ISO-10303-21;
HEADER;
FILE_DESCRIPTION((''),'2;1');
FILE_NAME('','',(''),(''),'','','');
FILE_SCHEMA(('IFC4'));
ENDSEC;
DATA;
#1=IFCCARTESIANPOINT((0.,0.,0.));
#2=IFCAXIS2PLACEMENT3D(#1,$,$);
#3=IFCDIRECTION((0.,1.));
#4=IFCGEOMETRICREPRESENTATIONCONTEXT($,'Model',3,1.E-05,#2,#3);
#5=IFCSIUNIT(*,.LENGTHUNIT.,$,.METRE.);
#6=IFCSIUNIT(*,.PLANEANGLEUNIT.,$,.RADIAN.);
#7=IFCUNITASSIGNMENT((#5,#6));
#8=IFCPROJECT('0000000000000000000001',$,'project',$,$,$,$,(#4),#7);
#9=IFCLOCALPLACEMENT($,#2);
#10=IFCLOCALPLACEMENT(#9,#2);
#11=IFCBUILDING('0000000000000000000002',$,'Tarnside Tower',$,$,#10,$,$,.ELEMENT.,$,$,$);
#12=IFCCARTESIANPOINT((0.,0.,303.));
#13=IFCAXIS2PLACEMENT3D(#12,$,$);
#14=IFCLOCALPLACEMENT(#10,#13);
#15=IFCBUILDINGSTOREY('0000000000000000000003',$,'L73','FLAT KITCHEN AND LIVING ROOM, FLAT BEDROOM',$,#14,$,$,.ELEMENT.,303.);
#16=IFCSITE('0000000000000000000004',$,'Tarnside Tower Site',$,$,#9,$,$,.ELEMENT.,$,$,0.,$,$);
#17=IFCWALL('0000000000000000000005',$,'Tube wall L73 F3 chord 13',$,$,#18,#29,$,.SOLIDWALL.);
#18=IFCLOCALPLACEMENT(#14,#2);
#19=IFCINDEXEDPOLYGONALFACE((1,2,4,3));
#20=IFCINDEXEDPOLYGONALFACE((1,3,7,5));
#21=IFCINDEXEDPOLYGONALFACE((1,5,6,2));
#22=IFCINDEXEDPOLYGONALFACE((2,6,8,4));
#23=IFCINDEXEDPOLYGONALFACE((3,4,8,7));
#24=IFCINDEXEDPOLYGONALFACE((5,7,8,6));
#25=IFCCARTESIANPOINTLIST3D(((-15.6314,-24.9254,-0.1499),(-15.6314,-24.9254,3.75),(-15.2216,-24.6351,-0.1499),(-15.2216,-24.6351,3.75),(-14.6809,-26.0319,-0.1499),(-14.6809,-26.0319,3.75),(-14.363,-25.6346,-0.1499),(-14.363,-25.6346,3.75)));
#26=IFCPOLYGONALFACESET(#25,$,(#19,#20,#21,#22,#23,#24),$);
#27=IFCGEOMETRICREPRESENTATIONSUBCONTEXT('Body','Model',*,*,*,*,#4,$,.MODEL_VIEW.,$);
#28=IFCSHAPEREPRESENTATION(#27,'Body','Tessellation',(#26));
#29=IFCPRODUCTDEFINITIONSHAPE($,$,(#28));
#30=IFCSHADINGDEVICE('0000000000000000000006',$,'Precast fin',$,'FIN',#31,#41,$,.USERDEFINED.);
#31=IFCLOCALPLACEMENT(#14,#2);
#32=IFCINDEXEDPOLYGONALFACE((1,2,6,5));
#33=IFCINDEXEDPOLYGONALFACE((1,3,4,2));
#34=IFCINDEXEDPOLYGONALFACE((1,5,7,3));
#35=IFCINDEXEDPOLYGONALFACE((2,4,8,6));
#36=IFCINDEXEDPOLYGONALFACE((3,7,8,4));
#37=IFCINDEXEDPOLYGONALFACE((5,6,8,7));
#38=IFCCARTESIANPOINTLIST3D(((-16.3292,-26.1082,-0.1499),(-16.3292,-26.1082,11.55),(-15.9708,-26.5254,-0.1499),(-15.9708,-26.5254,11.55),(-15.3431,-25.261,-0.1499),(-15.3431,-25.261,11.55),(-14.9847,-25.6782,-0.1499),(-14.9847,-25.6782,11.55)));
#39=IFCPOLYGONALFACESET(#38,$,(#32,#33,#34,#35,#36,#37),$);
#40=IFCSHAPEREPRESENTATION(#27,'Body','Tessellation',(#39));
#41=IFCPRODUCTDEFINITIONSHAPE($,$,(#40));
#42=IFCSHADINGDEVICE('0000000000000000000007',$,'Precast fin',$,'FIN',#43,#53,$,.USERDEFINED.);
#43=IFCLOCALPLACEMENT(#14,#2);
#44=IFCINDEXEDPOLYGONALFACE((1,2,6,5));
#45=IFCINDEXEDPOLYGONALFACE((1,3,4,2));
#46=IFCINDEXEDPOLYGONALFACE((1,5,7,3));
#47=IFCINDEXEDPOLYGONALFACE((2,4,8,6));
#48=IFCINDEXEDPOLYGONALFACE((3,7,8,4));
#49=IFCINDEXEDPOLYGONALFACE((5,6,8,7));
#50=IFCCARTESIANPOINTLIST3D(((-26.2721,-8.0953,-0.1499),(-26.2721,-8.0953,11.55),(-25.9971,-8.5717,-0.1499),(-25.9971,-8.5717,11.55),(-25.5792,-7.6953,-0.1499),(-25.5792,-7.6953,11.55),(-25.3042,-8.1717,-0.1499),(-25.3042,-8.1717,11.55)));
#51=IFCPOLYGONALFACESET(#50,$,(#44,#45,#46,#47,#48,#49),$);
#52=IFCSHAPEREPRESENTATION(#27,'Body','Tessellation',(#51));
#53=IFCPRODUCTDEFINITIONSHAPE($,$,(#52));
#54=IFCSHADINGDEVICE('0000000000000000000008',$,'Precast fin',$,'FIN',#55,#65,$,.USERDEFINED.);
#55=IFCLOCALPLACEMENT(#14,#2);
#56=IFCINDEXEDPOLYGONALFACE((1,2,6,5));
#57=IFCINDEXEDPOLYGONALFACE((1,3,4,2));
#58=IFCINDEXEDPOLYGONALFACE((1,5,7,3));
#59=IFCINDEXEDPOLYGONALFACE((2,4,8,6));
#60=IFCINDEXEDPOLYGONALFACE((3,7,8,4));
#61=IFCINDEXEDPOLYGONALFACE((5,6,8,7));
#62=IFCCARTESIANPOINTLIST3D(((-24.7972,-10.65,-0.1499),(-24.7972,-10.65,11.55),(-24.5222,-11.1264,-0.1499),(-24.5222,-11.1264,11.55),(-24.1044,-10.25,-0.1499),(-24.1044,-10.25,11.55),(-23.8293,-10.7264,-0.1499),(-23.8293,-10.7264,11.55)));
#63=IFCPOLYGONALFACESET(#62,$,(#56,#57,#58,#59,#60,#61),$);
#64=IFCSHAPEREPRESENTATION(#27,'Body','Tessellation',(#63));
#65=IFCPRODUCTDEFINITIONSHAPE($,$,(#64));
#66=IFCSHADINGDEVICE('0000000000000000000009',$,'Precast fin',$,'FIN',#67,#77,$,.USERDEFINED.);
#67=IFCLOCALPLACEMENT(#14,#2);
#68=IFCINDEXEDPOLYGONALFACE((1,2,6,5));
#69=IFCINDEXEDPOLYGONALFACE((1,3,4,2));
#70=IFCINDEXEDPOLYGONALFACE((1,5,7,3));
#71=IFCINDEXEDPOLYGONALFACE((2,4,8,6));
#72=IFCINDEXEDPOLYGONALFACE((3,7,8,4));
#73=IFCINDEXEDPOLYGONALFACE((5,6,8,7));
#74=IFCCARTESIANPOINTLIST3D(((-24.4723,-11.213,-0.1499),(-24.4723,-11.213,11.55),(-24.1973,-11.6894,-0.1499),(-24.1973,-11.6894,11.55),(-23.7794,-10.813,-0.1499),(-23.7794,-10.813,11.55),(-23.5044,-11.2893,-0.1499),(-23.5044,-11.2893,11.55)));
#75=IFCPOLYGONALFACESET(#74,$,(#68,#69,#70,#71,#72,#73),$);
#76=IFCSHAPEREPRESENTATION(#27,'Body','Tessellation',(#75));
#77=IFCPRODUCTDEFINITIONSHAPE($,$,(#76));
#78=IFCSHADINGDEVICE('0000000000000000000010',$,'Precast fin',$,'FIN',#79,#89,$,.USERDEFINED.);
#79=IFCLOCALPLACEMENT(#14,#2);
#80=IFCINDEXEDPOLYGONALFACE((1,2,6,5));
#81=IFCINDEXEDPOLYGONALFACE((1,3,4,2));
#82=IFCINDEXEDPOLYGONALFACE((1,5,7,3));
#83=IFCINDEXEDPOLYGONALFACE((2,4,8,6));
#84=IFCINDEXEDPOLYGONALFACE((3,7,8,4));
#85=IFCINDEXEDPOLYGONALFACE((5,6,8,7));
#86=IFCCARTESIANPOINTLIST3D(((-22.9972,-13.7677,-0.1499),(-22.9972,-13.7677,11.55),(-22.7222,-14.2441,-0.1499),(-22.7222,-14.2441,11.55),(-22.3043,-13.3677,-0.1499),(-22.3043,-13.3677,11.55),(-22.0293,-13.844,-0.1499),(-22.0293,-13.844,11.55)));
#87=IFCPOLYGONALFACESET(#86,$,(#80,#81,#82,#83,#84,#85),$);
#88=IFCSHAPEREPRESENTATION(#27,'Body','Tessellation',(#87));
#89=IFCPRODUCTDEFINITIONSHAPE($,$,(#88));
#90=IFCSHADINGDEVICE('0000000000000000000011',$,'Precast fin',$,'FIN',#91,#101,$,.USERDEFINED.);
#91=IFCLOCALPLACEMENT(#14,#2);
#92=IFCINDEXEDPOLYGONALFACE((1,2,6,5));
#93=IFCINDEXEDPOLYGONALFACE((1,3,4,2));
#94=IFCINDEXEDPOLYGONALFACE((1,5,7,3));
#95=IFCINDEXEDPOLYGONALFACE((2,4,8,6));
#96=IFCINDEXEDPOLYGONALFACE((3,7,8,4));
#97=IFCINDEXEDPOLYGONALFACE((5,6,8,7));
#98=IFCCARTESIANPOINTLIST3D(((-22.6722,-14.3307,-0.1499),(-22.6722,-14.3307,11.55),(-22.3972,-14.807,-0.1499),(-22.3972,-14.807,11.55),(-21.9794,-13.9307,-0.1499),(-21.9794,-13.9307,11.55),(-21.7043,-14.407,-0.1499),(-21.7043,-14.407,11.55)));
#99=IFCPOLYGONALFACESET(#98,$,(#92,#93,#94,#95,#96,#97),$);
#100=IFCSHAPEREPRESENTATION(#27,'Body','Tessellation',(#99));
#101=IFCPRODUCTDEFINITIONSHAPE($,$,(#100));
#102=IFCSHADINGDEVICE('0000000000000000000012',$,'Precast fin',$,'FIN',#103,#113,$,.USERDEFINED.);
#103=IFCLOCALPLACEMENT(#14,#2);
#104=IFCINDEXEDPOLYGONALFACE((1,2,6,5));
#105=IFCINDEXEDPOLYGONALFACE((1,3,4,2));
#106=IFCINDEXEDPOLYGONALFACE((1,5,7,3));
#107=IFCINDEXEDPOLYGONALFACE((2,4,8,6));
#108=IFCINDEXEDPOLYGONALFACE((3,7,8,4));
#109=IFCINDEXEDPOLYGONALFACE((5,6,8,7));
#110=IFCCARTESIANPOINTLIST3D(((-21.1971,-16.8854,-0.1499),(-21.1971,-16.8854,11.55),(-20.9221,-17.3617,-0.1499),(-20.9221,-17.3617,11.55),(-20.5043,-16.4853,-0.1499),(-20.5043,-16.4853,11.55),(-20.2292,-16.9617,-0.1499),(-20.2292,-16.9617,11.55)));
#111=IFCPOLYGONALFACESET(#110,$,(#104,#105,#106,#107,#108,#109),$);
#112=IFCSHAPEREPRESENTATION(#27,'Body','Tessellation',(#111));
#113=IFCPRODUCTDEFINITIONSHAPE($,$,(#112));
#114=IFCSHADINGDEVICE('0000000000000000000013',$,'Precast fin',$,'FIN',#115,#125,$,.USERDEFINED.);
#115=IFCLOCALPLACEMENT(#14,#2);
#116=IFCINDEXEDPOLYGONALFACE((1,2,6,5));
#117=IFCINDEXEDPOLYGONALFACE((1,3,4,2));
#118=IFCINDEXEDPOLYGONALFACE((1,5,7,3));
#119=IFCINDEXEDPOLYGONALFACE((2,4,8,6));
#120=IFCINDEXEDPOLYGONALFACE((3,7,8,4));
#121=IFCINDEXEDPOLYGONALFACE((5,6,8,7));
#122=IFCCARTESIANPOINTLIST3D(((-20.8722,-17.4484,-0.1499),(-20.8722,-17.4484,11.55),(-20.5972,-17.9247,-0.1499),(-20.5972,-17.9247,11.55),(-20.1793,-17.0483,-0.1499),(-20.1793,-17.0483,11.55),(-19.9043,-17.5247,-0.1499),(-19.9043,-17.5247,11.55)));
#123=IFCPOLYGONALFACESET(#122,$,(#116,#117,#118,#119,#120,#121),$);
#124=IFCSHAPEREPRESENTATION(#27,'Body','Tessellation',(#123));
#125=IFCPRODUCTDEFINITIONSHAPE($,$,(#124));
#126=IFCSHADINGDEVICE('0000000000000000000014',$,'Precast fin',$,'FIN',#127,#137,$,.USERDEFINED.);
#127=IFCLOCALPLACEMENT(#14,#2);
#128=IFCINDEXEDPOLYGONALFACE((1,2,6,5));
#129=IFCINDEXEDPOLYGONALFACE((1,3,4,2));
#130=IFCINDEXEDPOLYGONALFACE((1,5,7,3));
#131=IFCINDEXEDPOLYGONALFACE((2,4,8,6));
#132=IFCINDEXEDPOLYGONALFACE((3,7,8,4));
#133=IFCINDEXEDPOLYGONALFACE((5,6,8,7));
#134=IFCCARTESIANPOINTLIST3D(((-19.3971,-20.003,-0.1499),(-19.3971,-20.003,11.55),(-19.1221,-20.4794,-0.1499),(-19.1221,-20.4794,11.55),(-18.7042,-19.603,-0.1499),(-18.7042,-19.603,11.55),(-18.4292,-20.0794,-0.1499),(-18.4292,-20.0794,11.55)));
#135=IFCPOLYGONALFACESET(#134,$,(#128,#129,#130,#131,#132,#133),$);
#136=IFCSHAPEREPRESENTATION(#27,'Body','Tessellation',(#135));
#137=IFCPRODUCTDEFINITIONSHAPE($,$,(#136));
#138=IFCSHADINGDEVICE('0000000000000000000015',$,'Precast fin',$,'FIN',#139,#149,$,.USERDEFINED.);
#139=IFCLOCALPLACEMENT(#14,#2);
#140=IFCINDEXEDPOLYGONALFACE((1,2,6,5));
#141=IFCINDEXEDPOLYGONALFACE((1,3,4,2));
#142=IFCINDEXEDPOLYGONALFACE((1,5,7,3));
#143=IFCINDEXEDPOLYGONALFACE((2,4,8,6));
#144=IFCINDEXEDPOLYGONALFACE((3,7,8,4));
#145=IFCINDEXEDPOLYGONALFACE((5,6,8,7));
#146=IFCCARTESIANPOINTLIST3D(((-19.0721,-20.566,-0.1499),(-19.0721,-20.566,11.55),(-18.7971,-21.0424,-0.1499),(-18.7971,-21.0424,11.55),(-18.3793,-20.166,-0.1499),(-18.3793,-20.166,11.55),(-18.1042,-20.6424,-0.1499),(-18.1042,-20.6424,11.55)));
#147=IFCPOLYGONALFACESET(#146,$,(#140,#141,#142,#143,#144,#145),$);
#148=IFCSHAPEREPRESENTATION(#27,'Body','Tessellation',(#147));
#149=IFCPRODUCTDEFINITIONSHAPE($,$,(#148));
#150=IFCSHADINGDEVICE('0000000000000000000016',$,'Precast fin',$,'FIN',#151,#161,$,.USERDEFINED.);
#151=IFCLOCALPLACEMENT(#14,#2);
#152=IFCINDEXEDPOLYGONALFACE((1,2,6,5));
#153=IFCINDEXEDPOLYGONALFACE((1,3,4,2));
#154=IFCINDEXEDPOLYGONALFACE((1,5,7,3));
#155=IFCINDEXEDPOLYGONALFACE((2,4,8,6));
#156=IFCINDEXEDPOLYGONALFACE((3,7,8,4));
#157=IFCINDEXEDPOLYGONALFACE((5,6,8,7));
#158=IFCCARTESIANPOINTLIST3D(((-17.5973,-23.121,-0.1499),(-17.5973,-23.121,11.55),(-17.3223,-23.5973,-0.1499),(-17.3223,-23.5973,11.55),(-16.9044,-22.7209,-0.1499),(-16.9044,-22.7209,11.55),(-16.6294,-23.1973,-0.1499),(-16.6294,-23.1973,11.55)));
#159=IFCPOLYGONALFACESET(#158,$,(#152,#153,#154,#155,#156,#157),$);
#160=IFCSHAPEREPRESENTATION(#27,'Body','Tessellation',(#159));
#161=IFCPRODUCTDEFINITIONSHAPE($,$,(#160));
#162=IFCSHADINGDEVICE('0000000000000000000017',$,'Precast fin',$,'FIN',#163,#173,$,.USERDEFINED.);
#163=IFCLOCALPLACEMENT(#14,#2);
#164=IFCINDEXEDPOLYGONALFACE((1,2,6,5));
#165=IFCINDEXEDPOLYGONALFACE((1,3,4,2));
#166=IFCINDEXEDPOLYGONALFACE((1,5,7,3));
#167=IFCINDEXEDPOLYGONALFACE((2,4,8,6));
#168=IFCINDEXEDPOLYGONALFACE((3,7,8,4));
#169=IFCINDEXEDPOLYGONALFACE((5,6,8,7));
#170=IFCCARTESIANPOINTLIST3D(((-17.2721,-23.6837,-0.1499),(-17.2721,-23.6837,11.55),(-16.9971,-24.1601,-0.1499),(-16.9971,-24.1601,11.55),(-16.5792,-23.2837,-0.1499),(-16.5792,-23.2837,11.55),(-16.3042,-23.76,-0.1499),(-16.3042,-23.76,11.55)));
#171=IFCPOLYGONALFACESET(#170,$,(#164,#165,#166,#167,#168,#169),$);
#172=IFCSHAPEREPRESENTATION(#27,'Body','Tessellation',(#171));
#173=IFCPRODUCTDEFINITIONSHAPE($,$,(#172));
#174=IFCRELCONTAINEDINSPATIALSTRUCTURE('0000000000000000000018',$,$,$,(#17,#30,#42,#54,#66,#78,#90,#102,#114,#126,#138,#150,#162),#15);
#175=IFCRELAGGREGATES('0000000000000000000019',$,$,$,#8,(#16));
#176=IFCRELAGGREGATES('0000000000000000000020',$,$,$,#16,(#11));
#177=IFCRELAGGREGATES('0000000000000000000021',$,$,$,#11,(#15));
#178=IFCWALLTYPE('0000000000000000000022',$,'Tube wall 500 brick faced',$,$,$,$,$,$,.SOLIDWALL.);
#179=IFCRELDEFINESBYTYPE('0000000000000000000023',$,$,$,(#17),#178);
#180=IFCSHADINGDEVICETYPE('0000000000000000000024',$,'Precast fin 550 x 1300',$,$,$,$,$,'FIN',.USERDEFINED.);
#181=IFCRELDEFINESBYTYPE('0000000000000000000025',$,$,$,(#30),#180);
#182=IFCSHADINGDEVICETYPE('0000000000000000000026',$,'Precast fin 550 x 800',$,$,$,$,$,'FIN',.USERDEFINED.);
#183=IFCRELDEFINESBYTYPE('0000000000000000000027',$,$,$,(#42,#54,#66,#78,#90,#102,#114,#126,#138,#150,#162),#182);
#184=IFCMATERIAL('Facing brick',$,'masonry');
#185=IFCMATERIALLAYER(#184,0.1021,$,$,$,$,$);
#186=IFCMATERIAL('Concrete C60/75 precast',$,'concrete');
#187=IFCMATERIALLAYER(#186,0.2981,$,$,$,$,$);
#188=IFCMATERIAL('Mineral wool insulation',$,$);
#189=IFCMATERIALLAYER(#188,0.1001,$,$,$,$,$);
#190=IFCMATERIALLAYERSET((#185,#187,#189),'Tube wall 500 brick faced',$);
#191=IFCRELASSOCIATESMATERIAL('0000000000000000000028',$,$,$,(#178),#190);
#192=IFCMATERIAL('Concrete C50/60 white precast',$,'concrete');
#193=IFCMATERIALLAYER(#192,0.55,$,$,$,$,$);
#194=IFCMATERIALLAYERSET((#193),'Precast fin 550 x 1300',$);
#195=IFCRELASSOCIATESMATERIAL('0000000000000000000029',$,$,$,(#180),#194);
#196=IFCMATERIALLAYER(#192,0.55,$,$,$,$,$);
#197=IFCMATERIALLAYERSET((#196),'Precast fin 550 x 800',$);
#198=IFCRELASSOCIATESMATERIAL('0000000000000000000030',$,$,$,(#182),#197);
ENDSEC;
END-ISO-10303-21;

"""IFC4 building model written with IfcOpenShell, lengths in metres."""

from ifc_helpers import new_model, si_unit, direction, frame, origin, place, context, subcontext, project, spatial, polyline, outline, extrude, material, layer, layer_set, type_object, element, save


model = new_model("IFC4")

# Units and contexts
model_context = context("Model", 3, precision=1e-05, world=origin(), true_north=direction((0.0, 1.0)))
body_context = subcontext(model_context, "Body", "Model", "MODEL_VIEW")
ifc_project = project(units=[si_unit("LENGTHUNIT", "METRE"), si_unit("PLANEANGLEUNIT", "RADIAN")], contexts=[model_context])

# Site, building, storey
site_placement = place(None, origin())
site = spatial("IfcSite", under=ifc_project, at=site_placement, Name="Tarnside Tower Site", CompositionType="ELEMENT", RefElevation=0.0)
building_placement = place(site_placement, origin())
building = spatial("IfcBuilding", under=site, at=building_placement, Name="Tarnside Tower", CompositionType="ELEMENT")
storey_placement = place(building_placement, frame((0.0, 0.0, 303.0)))
storey = spatial("IfcBuildingStorey", under=building, at=storey_placement, Name="L73", Description="FLAT KITCHEN AND LIVING ROOM, FLAT BEDROOM", CompositionType="ELEMENT", Elevation=303.0)

# Wall
ifc_material_1 = material(Name="Facing brick", Category="masonry")
ifc_layer_1 = layer(ifc_material_1, 0.1021)
ifc_material_2 = material(Name="Concrete C60/75 precast", Category="concrete")
ifc_layer_2 = layer(ifc_material_2, 0.2981)
ifc_material_3 = material(Name="Mineral wool insulation")
ifc_layer_3 = layer(ifc_material_3, 0.1001)
ifc_layer_set_1 = layer_set([ifc_layer_1, ifc_layer_2, ifc_layer_3], Name="Tube wall 500 brick faced")
wall_type_1 = type_object("IfcWallType", Name="Tube wall 500 brick faced", PredefinedType="SOLIDWALL", material=ifc_layer_set_1)
wall_1_placement = place(storey_placement, frame((-15.4265, -24.7803, -0.1499), z_axis=(0.0, 0.0, 1.0), x_axis=(0.651617, -0.758549, 0.0)))
element("IfcWall", 1, at=wall_1_placement, inside=storey, type_object=wall_type_1, Name="Tube wall L73 F3 chord 13", PredefinedType="SOLIDWALL", context=body_context, shape_type="SweptSolid", body=[
    extrude(outline(polyline([(-0.0234, -0.25), (1.4353, -0.25), (1.3411, 0.25), (0.0234, 0.25), (-0.0234, -0.25)])), origin(), (0.0, 0.0, 1.0), 3.8999),
])

# Shading devices
ifc_material_4 = material(Name="Concrete C50/60 white precast", Category="concrete")
ifc_layer_4 = layer(ifc_material_4, 0.55)
ifc_layer_set_2 = layer_set([ifc_layer_4], Name="Precast fin 550 x 1300")
shading_device_type_1 = type_object("IfcShadingDeviceType", Name="Precast fin 550 x 1300", ElementType="FIN", PredefinedType="USERDEFINED", material=ifc_layer_set_2)
shading_device_placement = place(storey_placement, frame((-15.1638, -25.4697, -0.1499), z_axis=(-0.651657, 0.758514, 0.0), x_axis=(-0.758514, -0.651657, 0.0)))
element("IfcShadingDevice", 2, at=shading_device_placement, inside=storey, type_object=shading_device_type_1, Name="Precast fin", ObjectType="FIN", PredefinedType="USERDEFINED", context=body_context, shape_type="SweptSolid", body=[
    extrude(outline(polyline([(0.0, 0.0), (1.3, 0.0), (1.3, 11.7), (0.0, 11.7), (0.0, 0.0)])), frame((0.0, 0.0, -0.2749)), (0.0, 0.0, 1.0), 0.55),
])
ifc_layer_5 = layer(ifc_material_4, 0.55)
ifc_layer_set_3 = layer_set([ifc_layer_5], Name="Precast fin 550 x 800")
shading_device_type_2 = type_object("IfcShadingDeviceType", Name="Precast fin 550 x 800", ElementType="FIN", PredefinedType="USERDEFINED", material=ifc_layer_set_3)
for number, where, z_axis, x_axis, name in (
    (3, (-25.4417, -7.9336, -0.1499), (-0.5, 0.866025, 0.0), (-0.866025, -0.5, 0.0), "Precast fin"),
    (4, (-23.9668, -10.4883, -0.1499), (-0.5, 0.866025, 0.0), (-0.866025, -0.5, 0.0), "Precast fin"),
    (5, (-23.6418, -11.0513, -0.1499), (-0.5, 0.866025, 0.0), (-0.866025, -0.5, 0.0), "Precast fin"),
    (6, (-22.1667, -13.606, -0.1499), (-0.5, 0.866025, 0.0), (-0.866025, -0.5, 0.0), "Precast fin"),
    (7, (-21.8418, -14.1689, -0.1499), (-0.5, 0.866025, 0.0), (-0.866025, -0.5, 0.0), "Precast fin"),
    (8, (-20.3667, -16.7236, -0.1499), (-0.5, 0.866025, 0.0), (-0.866025, -0.5, 0.0), "Precast fin"),
    (9, (-20.0417, -17.2866, -0.1499), (-0.5, 0.866025, 0.0), (-0.866025, -0.5, 0.0), "Precast fin"),
    (10, (-18.5667, -19.8413, -0.1499), (-0.5, 0.866025, 0.0), (-0.866025, -0.5, 0.0), "Precast fin"),
    (11, (-18.2417, -20.4043, -0.1499), (-0.5, 0.866025, 0.0), (-0.866025, -0.5, 0.0), "Precast fin"),
    (12, (-16.7668, -22.9592, -0.1499), (-0.5, 0.866025, 0.0), (-0.866025, -0.5, 0.0), "Precast fin"),
    (13, (-16.4417, -23.522, -0.1499), (-0.5, 0.866025, 0.0), (-0.866025, -0.5, 0.0), "Precast fin"),
):
    element("IfcShadingDevice", number, at=place(storey_placement, frame(where, z_axis=z_axis, x_axis=x_axis)), inside=storey, type_object=shading_device_type_2, Name=name, ObjectType="FIN", PredefinedType="USERDEFINED", context=body_context, shape_type="SweptSolid", body=[
        extrude(outline(polyline([(0.0, 0.0), (0.8, 0.0), (0.8, 11.7), (0.0, 11.7), (0.0, 0.0)])), frame((0.0, 0.0, -0.2749)), (0.0, 0.0, 1.0), 0.55),
    ])

save(model, "model.ifc")
